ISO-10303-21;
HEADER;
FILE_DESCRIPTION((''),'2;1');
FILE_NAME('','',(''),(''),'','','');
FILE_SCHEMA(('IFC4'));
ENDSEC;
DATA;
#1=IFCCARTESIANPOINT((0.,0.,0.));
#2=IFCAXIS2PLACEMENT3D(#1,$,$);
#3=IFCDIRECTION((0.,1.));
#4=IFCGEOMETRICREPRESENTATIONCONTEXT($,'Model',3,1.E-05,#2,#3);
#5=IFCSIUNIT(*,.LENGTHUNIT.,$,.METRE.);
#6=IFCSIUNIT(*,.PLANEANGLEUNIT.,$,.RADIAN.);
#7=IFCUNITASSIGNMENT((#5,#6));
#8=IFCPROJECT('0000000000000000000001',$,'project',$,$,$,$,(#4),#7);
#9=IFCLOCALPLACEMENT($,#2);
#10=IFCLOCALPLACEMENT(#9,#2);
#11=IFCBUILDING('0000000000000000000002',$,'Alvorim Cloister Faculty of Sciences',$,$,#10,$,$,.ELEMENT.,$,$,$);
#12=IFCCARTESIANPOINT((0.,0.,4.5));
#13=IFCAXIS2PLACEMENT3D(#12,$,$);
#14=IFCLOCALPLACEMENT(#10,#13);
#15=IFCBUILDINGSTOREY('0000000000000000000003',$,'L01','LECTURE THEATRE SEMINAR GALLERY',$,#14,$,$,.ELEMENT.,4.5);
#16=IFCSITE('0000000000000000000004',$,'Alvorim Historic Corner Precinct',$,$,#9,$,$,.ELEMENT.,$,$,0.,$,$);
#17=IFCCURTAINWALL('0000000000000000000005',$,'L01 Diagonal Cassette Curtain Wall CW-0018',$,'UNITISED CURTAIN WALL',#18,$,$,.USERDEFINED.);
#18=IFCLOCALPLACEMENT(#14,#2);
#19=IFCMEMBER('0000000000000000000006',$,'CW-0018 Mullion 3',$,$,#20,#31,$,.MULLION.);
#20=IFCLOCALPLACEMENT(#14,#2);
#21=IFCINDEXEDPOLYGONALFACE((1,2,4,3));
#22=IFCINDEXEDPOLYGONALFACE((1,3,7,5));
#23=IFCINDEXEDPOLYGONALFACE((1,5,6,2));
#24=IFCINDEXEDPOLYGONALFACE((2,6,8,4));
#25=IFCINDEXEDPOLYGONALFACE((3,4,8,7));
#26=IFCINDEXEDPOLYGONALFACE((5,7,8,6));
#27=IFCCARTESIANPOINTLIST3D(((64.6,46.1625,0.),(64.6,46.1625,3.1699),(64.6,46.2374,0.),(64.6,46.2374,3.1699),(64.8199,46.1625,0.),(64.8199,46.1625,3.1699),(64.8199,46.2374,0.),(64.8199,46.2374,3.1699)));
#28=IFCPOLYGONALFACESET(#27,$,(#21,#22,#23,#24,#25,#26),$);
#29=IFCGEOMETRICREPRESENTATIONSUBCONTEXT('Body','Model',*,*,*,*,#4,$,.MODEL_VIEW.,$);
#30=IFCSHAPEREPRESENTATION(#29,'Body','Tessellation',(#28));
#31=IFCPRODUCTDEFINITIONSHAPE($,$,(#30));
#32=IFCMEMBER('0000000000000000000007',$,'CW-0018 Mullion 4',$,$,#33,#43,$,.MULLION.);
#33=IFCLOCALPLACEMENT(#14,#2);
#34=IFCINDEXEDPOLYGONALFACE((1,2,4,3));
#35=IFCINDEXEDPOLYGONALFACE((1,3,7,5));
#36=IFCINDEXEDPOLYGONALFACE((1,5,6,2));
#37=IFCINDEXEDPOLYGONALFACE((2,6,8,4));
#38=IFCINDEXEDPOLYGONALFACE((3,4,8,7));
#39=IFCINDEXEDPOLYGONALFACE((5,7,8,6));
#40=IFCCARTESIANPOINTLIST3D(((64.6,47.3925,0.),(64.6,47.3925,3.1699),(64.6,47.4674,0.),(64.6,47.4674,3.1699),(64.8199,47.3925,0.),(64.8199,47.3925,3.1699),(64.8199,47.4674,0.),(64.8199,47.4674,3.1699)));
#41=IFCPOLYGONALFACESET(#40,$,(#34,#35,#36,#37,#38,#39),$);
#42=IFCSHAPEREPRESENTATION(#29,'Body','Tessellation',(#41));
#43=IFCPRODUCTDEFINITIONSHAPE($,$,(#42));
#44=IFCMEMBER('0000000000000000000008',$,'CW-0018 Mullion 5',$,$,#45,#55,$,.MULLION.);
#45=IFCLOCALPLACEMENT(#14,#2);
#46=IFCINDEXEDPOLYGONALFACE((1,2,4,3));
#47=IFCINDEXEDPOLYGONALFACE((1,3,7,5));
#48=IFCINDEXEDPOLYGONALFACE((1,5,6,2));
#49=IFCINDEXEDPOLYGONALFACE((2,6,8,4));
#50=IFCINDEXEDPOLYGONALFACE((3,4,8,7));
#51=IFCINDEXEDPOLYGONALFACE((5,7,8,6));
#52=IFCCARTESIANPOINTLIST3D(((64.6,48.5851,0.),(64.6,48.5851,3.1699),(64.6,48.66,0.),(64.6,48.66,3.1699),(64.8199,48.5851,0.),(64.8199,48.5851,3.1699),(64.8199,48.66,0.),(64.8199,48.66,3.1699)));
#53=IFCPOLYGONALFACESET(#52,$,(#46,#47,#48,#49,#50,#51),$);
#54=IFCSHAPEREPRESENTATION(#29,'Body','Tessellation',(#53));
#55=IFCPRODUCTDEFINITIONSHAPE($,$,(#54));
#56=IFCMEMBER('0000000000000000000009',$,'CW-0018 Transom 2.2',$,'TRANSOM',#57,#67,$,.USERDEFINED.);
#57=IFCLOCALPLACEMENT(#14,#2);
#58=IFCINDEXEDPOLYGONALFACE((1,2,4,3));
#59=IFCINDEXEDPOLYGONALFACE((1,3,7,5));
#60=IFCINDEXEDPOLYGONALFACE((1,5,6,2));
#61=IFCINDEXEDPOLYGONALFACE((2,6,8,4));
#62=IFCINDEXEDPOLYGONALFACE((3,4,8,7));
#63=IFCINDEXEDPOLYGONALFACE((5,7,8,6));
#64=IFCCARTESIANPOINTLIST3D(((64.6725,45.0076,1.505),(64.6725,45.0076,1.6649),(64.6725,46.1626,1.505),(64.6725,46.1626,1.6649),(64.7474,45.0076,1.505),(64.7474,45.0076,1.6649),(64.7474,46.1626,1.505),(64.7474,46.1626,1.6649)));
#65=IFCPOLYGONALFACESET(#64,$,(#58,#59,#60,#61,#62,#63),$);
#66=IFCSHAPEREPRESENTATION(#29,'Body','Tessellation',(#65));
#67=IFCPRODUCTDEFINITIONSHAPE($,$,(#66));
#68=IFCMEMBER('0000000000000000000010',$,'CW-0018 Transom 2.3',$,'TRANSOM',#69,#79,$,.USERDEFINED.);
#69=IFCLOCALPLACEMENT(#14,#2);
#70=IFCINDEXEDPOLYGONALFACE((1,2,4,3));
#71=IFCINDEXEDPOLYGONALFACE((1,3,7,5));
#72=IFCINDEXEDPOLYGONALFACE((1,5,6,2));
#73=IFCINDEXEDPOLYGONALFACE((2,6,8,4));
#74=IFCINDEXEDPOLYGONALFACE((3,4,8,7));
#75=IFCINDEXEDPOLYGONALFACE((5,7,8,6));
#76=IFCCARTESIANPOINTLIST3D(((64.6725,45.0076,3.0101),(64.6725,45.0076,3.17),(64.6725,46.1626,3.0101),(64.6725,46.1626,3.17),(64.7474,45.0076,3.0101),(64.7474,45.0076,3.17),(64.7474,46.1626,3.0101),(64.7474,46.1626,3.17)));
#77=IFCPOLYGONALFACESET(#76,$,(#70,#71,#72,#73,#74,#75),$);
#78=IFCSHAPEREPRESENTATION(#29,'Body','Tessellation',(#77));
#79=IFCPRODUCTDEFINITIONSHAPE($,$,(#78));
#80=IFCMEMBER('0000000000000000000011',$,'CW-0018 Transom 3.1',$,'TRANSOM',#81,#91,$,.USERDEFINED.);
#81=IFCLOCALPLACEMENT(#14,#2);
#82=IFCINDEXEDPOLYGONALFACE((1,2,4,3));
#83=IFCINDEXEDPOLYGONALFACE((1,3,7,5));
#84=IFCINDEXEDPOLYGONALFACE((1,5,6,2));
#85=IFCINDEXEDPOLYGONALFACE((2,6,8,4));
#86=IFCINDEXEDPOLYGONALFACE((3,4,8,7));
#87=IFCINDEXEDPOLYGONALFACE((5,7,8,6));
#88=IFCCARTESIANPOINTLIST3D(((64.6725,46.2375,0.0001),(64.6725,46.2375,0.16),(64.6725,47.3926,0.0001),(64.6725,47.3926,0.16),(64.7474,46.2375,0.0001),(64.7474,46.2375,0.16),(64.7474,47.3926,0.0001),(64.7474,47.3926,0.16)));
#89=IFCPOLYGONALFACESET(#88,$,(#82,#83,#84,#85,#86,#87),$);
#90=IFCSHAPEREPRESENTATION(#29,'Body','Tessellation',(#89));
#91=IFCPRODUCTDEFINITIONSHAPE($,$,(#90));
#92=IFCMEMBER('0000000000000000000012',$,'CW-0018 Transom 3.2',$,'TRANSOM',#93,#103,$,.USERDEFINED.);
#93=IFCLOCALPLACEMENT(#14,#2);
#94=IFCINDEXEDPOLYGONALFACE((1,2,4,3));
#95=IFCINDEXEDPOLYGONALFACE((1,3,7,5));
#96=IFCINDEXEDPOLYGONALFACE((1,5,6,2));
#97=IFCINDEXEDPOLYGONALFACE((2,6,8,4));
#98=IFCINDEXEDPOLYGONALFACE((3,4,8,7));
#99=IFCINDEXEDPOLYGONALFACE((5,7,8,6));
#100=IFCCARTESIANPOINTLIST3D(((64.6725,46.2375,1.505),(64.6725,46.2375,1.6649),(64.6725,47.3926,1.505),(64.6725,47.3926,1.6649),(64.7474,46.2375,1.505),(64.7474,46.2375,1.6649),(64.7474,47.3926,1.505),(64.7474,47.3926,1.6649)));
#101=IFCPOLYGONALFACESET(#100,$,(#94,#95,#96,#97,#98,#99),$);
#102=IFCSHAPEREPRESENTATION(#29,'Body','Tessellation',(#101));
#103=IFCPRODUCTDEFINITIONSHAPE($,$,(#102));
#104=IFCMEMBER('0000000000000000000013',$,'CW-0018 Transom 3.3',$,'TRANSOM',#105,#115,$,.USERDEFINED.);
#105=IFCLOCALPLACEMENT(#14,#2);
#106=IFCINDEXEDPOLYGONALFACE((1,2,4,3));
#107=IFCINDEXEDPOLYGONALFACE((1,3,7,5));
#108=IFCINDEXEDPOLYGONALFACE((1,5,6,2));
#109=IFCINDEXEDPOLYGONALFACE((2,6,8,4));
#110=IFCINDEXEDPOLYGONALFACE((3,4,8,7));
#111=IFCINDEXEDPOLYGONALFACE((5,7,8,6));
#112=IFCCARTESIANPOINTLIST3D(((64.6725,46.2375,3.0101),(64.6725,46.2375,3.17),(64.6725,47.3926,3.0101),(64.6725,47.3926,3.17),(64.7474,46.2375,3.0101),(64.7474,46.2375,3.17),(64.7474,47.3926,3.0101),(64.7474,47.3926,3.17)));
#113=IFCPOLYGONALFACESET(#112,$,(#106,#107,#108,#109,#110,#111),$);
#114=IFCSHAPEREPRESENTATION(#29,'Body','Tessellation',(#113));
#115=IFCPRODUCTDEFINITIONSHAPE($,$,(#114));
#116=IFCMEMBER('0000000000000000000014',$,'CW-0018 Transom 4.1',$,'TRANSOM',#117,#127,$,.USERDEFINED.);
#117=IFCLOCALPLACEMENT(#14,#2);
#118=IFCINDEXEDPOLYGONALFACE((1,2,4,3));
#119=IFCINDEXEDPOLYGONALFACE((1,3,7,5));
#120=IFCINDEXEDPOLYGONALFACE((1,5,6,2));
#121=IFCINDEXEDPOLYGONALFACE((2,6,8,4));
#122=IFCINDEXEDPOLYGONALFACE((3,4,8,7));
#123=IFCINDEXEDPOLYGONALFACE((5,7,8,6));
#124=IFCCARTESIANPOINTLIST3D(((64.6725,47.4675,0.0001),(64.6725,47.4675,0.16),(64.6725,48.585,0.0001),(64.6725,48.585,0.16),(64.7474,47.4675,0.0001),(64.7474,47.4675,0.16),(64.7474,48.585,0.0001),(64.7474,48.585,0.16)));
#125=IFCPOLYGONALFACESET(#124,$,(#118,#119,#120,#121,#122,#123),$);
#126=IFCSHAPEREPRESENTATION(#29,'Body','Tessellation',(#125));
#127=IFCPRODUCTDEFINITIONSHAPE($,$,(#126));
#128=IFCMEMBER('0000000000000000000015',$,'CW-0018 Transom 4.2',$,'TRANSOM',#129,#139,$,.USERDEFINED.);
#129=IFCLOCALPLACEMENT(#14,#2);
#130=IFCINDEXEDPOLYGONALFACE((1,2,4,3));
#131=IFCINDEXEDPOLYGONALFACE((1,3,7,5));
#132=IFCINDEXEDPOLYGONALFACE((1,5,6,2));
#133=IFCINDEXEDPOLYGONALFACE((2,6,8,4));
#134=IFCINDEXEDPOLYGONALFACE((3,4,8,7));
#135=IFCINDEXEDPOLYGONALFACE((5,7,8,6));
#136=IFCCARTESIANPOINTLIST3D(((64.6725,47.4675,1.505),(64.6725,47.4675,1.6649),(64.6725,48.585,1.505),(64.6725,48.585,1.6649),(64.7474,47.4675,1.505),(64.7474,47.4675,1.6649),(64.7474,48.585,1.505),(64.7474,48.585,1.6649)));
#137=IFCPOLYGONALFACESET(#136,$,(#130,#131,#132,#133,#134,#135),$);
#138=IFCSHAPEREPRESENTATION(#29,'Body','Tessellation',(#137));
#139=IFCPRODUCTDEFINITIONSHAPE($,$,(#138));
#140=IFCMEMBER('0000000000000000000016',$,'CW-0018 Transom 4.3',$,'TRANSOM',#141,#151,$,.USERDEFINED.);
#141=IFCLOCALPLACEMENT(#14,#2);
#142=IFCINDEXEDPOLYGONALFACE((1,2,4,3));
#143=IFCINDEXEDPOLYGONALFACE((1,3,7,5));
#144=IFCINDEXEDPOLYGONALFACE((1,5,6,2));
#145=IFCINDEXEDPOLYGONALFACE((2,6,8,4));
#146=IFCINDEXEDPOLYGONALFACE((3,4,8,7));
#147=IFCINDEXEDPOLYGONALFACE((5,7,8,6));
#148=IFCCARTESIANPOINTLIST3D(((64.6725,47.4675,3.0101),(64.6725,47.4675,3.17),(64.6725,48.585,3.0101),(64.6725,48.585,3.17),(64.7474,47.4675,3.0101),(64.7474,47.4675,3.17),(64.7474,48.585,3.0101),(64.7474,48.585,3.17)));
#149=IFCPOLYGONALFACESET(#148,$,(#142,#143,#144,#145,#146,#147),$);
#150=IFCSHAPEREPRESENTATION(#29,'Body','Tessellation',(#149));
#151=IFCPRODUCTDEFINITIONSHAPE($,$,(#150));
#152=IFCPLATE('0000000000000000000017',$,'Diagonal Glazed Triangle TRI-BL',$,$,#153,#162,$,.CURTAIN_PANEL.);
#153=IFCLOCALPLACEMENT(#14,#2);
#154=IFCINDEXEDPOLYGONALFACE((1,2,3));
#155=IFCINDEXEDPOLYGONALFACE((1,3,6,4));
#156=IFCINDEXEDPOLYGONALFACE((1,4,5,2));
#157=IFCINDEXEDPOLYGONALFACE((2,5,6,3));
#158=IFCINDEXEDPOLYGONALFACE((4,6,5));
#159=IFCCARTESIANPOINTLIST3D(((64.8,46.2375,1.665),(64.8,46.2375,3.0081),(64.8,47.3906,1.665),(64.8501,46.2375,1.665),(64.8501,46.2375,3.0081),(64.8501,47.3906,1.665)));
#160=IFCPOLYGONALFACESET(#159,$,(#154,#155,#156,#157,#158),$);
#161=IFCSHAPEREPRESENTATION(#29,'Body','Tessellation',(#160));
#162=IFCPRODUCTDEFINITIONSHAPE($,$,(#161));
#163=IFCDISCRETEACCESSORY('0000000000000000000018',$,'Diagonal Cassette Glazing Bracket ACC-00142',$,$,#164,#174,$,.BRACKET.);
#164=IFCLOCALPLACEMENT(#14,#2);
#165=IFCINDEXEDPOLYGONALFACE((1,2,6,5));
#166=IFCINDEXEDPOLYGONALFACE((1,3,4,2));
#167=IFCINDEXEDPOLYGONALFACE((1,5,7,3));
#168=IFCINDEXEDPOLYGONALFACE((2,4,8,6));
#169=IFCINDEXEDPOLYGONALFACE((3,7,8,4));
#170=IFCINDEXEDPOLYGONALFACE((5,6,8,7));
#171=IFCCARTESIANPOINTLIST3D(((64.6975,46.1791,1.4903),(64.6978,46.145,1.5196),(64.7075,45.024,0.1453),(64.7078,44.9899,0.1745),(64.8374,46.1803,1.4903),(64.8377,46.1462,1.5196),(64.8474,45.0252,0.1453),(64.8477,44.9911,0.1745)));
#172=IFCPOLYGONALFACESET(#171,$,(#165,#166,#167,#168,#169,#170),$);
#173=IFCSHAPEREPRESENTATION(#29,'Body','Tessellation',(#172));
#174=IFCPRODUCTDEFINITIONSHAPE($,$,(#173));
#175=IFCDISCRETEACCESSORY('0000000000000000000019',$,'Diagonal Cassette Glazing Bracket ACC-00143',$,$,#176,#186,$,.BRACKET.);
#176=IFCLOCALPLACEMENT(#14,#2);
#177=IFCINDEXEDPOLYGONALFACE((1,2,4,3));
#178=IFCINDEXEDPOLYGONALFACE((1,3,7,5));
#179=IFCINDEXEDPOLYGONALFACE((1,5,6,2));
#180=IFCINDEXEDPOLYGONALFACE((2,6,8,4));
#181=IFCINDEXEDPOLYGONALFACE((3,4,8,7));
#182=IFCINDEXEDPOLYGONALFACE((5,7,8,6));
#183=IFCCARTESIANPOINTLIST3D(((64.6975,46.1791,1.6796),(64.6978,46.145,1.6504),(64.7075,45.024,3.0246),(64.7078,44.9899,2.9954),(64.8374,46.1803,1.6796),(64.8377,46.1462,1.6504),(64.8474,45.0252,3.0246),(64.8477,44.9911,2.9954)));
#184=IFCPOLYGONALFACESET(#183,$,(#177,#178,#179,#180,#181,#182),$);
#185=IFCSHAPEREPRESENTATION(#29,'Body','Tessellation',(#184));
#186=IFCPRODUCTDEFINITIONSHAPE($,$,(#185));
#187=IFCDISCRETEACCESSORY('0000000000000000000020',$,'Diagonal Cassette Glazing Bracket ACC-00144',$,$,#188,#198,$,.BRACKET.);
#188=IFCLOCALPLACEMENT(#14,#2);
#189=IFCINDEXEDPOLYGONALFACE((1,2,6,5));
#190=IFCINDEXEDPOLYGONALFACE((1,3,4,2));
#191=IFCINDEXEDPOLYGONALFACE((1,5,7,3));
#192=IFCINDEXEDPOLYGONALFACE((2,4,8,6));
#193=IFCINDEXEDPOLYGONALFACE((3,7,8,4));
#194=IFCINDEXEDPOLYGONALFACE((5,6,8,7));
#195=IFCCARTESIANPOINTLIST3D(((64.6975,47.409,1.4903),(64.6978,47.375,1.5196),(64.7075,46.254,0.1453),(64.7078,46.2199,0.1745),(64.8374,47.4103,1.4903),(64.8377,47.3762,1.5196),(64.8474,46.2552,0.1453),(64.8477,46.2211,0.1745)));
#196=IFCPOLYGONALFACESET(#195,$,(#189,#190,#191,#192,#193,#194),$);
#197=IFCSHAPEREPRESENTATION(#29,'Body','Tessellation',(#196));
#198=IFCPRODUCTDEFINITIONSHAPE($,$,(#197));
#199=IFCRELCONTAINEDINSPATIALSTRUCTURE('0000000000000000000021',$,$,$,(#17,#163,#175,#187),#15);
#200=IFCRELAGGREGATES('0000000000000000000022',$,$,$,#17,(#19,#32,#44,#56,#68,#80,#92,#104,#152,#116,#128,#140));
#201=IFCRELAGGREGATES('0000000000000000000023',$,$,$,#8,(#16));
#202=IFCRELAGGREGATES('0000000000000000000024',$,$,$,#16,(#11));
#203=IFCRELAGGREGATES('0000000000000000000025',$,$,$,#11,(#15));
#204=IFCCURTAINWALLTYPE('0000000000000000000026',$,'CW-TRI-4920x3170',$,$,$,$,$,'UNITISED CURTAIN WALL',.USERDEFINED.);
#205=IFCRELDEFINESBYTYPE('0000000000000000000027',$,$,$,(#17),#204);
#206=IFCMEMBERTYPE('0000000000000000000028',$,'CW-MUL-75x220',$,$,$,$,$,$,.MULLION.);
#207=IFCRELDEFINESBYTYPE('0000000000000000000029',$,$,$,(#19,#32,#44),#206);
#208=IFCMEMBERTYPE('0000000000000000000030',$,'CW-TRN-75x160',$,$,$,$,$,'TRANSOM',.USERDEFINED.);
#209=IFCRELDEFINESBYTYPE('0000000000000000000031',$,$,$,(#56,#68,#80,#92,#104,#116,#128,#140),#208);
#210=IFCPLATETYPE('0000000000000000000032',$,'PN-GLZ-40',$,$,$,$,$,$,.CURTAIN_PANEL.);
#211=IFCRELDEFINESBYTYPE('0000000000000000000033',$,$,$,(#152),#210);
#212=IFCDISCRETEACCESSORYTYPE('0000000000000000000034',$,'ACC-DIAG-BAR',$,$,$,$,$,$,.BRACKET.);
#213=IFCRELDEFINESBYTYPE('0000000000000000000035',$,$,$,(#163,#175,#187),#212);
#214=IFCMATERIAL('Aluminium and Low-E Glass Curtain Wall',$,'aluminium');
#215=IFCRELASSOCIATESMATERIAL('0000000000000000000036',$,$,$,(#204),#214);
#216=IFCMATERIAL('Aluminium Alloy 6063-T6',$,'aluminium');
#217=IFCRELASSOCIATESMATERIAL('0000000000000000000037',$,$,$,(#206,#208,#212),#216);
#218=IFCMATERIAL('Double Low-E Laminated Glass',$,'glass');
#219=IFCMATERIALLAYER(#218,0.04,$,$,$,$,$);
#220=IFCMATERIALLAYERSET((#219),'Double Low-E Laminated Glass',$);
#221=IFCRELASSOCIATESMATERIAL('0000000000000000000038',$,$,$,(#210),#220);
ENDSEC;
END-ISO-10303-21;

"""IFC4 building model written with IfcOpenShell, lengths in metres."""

from ifc_helpers import new_model, si_unit, direction, frame, origin, origin_2d, place, context, subcontext, project, spatial, polyline, rectangle, outline, extrude, material, layer, layer_set, material_profile, profile_set, type_object, element, aggregate, save


model = new_model("IFC4")

# Units and contexts
model_context = context("Model", 3, precision=1e-05, world=origin(), true_north=direction((0.0, 1.0)))
body_context = subcontext(model_context, "Body", "Model", "MODEL_VIEW")
ifc_project = project(units=[si_unit("LENGTHUNIT", "METRE"), si_unit("PLANEANGLEUNIT", "RADIAN")], contexts=[model_context])

# Site, building, storey
site_placement = place(None, origin())
site = spatial("IfcSite", under=ifc_project, at=site_placement, Name="Alvorim Historic Corner Precinct", CompositionType="ELEMENT", RefElevation=0.0)
building_placement = place(site_placement, origin())
building = spatial("IfcBuilding", under=site, at=building_placement, Name="Alvorim Cloister Faculty of Sciences", CompositionType="ELEMENT")
storey_placement = place(building_placement, frame((0.0, 0.0, 4.5)))
storey = spatial("IfcBuildingStorey", under=building, at=storey_placement, Name="L01", Description="LECTURE THEATRE SEMINAR GALLERY", CompositionType="ELEMENT", Elevation=4.5)

# Curtain wall, members, plate
ifc_material_1 = material(Name="Aluminium and Low-E Glass Curtain Wall", Category="aluminium")
curtain_wall_type = type_object("IfcCurtainWallType", Name="CW-TRI-4920x3170", ElementType="UNITISED CURTAIN WALL", PredefinedType="USERDEFINED", material=ifc_material_1)
curtain_wall_placement = place(storey_placement, origin())
curtain_wall = element("IfcCurtainWall", 1, at=curtain_wall_placement, inside=storey, type_object=curtain_wall_type, Name="L01 Diagonal Cassette Curtain Wall CW-0018", ObjectType="UNITISED CURTAIN WALL", PredefinedType="USERDEFINED")
ifc_material_2 = material(Name="Aluminium Alloy 6063-T6", Category="aluminium")
ifc_material_profile_1 = material_profile(ifc_material_2, rectangle(XDim=0.075, YDim=0.22, at=origin_2d()), Name="ALU-MUL-75x220")
ifc_profile_set_1 = profile_set([ifc_material_profile_1], Name="Aluminium Alloy 6063-T6")
member_type_1 = type_object("IfcMemberType", Name="CW-MUL-75x220", PredefinedType="MULLION", material=ifc_profile_set_1)
member_1_placement = place(storey_placement, frame((64.71, 46.2, 0.0), z_axis=(0.0, 0.0, 1.0), x_axis=(0.0, 1.0, 0.0)))
member_1 = element("IfcMember", 2, at=member_1_placement, type_object=member_type_1, Name="CW-0018 Mullion 3", PredefinedType="MULLION", context=body_context, shape_type="SweptSolid", body=[
    extrude(rectangle(XDim=0.075, YDim=0.22, at=origin_2d()), origin(), (0.0, 0.0, 1.0), 3.1699),
])
member_2_placement = place(storey_placement, frame((64.71, 47.4299, 0.0), z_axis=(0.0, 0.0, 1.0), x_axis=(0.0, 1.0, 0.0)))
member_2 = element("IfcMember", 3, at=member_2_placement, type_object=member_type_1, Name="CW-0018 Mullion 4", PredefinedType="MULLION", context=body_context, shape_type="SweptSolid", body=[
    extrude(rectangle(XDim=0.075, YDim=0.22, at=origin_2d()), origin(), (0.0, 0.0, 1.0), 3.1699),
])
member_3_placement = place(storey_placement, frame((64.71, 48.6226, 0.0), z_axis=(0.0, 0.0, 1.0), x_axis=(0.0, 1.0, 0.0)))
member_3 = element("IfcMember", 4, at=member_3_placement, type_object=member_type_1, Name="CW-0018 Mullion 5", PredefinedType="MULLION", context=body_context, shape_type="SweptSolid", body=[
    extrude(rectangle(XDim=0.075, YDim=0.22, at=origin_2d()), origin(), (0.0, 0.0, 1.0), 3.1699),
])
ifc_material_profile_2 = material_profile(ifc_material_2, rectangle(XDim=0.075, YDim=0.1599, at=origin_2d()), Name="ALU-TRN-75x160")
ifc_profile_set_2 = profile_set([ifc_material_profile_2], Name="Aluminium Alloy 6063-T6")
member_type_2 = type_object("IfcMemberType", Name="CW-TRN-75x160", ElementType="TRANSOM", PredefinedType="USERDEFINED", material=ifc_profile_set_2)
member_4_placement = place(storey_placement, frame((64.71, 45.0076, 1.585), z_axis=(0.0, 1.0, 0.0), x_axis=(-1.0, 0.0, 0.0)))
member_4 = element("IfcMember", 5, at=member_4_placement, type_object=member_type_2, Name="CW-0018 Transom 2.2", ObjectType="TRANSOM", PredefinedType="USERDEFINED", context=body_context, shape_type="SweptSolid", body=[
    extrude(rectangle(XDim=0.075, YDim=0.1599, at=origin_2d()), origin(), (0.0, 0.0, 1.0), 1.155),
])
member_5_placement = place(storey_placement, frame((64.71, 45.0076, 3.0901), z_axis=(0.0, 1.0, 0.0), x_axis=(-1.0, 0.0, 0.0)))
member_5 = element("IfcMember", 6, at=member_5_placement, type_object=member_type_2, Name="CW-0018 Transom 2.3", ObjectType="TRANSOM", PredefinedType="USERDEFINED", context=body_context, shape_type="SweptSolid", body=[
    extrude(rectangle(XDim=0.075, YDim=0.1599, at=origin_2d()), origin(), (0.0, 0.0, 1.0), 1.155),
])
member_6_placement = place(storey_placement, frame((64.71, 46.2375, 0.0801), z_axis=(0.0, 1.0, 0.0), x_axis=(-1.0, 0.0, 0.0)))
member_6 = element("IfcMember", 7, at=member_6_placement, type_object=member_type_2, Name="CW-0018 Transom 3.1", ObjectType="TRANSOM", PredefinedType="USERDEFINED", context=body_context, shape_type="SweptSolid", body=[
    extrude(rectangle(XDim=0.075, YDim=0.1599, at=origin_2d()), origin(), (0.0, 0.0, 1.0), 1.155),
])
member_7_placement = place(storey_placement, frame((64.71, 46.2375, 1.585), z_axis=(0.0, 1.0, 0.0), x_axis=(-1.0, 0.0, 0.0)))
member_7 = element("IfcMember", 8, at=member_7_placement, type_object=member_type_2, Name="CW-0018 Transom 3.2", ObjectType="TRANSOM", PredefinedType="USERDEFINED", context=body_context, shape_type="SweptSolid", body=[
    extrude(rectangle(XDim=0.075, YDim=0.1599, at=origin_2d()), origin(), (0.0, 0.0, 1.0), 1.155),
])
member_8_placement = place(storey_placement, frame((64.71, 46.2375, 3.0901), z_axis=(0.0, 1.0, 0.0), x_axis=(-1.0, 0.0, 0.0)))
member_8 = element("IfcMember", 9, at=member_8_placement, type_object=member_type_2, Name="CW-0018 Transom 3.3", ObjectType="TRANSOM", PredefinedType="USERDEFINED", context=body_context, shape_type="SweptSolid", body=[
    extrude(rectangle(XDim=0.075, YDim=0.1599, at=origin_2d()), origin(), (0.0, 0.0, 1.0), 1.155),
])
member_9_placement = place(storey_placement, frame((64.71, 47.4675, 0.0801), z_axis=(0.0, 1.0, 0.0), x_axis=(-1.0, 0.0, 0.0)))
member_9 = element("IfcMember", 10, at=member_9_placement, type_object=member_type_2, Name="CW-0018 Transom 4.1", ObjectType="TRANSOM", PredefinedType="USERDEFINED", context=body_context, shape_type="SweptSolid", body=[
    extrude(rectangle(XDim=0.075, YDim=0.1599, at=origin_2d()), origin(), (0.0, 0.0, 1.0), 1.1174),
])
member_10_placement = place(storey_placement, frame((64.71, 47.4675, 1.585), z_axis=(0.0, 1.0, 0.0), x_axis=(-1.0, 0.0, 0.0)))
member_10 = element("IfcMember", 11, at=member_10_placement, type_object=member_type_2, Name="CW-0018 Transom 4.2", ObjectType="TRANSOM", PredefinedType="USERDEFINED", context=body_context, shape_type="SweptSolid", body=[
    extrude(rectangle(XDim=0.075, YDim=0.1599, at=origin_2d()), origin(), (0.0, 0.0, 1.0), 1.1174),
])
member_11_placement = place(storey_placement, frame((64.71, 47.4675, 3.0901), z_axis=(0.0, 1.0, 0.0), x_axis=(-1.0, 0.0, 0.0)))
member_11 = element("IfcMember", 12, at=member_11_placement, type_object=member_type_2, Name="CW-0018 Transom 4.3", ObjectType="TRANSOM", PredefinedType="USERDEFINED", context=body_context, shape_type="SweptSolid", body=[
    extrude(rectangle(XDim=0.075, YDim=0.1599, at=origin_2d()), origin(), (0.0, 0.0, 1.0), 1.1174),
])
ifc_material_3 = material(Name="Double Low-E Laminated Glass", Category="glass")
ifc_layer = layer(ifc_material_3, 0.04)
ifc_layer_set = layer_set([ifc_layer], Name="Double Low-E Laminated Glass")
plate_type = type_object("IfcPlateType", Name="PN-GLZ-40", PredefinedType="CURTAIN_PANEL", material=ifc_layer_set)
plate_1_placement = place(storey_placement, frame((64.825, 46.2375, 1.665), z_axis=(0.0, 0.0, 1.0), x_axis=(0.0, 1.0, 0.0)))
plate_1 = element("IfcPlate", 13, at=plate_1_placement, type_object=plate_type, Name="Diagonal Glazed Triangle TRI-BL", PredefinedType="CURTAIN_PANEL", context=body_context, shape_type="SweptSolid", body=[
    extrude(outline(polyline([(0.0, 0.0), (1.1531, 0.0), (0.0, 1.343), (0.0, 0.0)])), frame((0.0, 0.0249, 0.0), z_axis=(0.0, -1.0, 0.0), x_axis=(1.0, 0.0, 0.0)), (0.0, 0.0, 1.0), 0.05),
])
aggregate(curtain_wall, [member_1, member_2, member_3, member_4, member_5, member_6, member_7, member_8, plate_1, member_9, member_10, member_11])

# Discrete accessories
discrete_accessory_type = type_object("IfcDiscreteAccessoryType", Name="ACC-DIAG-BAR", PredefinedType="BRACKET", material=ifc_material_2)
for number, where, z_axis, x_axis, name in (
    (14, (64.7776, 45.0076, 0.1599), (-0.005646, 0.651495, 0.758632), (-0.999962, -0.008666, 0.0), "Diagonal Cassette Glazing Bracket ACC-00142"),
    (15, (64.7776, 45.0076, 3.01), (-0.005646, 0.651495, -0.758632), (-0.999962, -0.008666, 0.0), "Diagonal Cassette Glazing Bracket ACC-00143"),
    (16, (64.7776, 46.2375, 0.1599), (-0.005646, 0.651495, 0.758632), (-0.999962, -0.008666, 0.0), "Diagonal Cassette Glazing Bracket ACC-00144"),
):
    element("IfcDiscreteAccessory", number, at=place(storey_placement, frame(where, z_axis=z_axis, x_axis=x_axis)), inside=storey, type_object=discrete_accessory_type, Name=name, PredefinedType="BRACKET", context=body_context, shape_type="SweptSolid", body=[
        extrude(rectangle(XDim=0.1399, YDim=0.0449, at=origin_2d()), origin(), (0.0, 0.0, 1.0), 1.7729),
    ])

save(model, "model.ifc")
